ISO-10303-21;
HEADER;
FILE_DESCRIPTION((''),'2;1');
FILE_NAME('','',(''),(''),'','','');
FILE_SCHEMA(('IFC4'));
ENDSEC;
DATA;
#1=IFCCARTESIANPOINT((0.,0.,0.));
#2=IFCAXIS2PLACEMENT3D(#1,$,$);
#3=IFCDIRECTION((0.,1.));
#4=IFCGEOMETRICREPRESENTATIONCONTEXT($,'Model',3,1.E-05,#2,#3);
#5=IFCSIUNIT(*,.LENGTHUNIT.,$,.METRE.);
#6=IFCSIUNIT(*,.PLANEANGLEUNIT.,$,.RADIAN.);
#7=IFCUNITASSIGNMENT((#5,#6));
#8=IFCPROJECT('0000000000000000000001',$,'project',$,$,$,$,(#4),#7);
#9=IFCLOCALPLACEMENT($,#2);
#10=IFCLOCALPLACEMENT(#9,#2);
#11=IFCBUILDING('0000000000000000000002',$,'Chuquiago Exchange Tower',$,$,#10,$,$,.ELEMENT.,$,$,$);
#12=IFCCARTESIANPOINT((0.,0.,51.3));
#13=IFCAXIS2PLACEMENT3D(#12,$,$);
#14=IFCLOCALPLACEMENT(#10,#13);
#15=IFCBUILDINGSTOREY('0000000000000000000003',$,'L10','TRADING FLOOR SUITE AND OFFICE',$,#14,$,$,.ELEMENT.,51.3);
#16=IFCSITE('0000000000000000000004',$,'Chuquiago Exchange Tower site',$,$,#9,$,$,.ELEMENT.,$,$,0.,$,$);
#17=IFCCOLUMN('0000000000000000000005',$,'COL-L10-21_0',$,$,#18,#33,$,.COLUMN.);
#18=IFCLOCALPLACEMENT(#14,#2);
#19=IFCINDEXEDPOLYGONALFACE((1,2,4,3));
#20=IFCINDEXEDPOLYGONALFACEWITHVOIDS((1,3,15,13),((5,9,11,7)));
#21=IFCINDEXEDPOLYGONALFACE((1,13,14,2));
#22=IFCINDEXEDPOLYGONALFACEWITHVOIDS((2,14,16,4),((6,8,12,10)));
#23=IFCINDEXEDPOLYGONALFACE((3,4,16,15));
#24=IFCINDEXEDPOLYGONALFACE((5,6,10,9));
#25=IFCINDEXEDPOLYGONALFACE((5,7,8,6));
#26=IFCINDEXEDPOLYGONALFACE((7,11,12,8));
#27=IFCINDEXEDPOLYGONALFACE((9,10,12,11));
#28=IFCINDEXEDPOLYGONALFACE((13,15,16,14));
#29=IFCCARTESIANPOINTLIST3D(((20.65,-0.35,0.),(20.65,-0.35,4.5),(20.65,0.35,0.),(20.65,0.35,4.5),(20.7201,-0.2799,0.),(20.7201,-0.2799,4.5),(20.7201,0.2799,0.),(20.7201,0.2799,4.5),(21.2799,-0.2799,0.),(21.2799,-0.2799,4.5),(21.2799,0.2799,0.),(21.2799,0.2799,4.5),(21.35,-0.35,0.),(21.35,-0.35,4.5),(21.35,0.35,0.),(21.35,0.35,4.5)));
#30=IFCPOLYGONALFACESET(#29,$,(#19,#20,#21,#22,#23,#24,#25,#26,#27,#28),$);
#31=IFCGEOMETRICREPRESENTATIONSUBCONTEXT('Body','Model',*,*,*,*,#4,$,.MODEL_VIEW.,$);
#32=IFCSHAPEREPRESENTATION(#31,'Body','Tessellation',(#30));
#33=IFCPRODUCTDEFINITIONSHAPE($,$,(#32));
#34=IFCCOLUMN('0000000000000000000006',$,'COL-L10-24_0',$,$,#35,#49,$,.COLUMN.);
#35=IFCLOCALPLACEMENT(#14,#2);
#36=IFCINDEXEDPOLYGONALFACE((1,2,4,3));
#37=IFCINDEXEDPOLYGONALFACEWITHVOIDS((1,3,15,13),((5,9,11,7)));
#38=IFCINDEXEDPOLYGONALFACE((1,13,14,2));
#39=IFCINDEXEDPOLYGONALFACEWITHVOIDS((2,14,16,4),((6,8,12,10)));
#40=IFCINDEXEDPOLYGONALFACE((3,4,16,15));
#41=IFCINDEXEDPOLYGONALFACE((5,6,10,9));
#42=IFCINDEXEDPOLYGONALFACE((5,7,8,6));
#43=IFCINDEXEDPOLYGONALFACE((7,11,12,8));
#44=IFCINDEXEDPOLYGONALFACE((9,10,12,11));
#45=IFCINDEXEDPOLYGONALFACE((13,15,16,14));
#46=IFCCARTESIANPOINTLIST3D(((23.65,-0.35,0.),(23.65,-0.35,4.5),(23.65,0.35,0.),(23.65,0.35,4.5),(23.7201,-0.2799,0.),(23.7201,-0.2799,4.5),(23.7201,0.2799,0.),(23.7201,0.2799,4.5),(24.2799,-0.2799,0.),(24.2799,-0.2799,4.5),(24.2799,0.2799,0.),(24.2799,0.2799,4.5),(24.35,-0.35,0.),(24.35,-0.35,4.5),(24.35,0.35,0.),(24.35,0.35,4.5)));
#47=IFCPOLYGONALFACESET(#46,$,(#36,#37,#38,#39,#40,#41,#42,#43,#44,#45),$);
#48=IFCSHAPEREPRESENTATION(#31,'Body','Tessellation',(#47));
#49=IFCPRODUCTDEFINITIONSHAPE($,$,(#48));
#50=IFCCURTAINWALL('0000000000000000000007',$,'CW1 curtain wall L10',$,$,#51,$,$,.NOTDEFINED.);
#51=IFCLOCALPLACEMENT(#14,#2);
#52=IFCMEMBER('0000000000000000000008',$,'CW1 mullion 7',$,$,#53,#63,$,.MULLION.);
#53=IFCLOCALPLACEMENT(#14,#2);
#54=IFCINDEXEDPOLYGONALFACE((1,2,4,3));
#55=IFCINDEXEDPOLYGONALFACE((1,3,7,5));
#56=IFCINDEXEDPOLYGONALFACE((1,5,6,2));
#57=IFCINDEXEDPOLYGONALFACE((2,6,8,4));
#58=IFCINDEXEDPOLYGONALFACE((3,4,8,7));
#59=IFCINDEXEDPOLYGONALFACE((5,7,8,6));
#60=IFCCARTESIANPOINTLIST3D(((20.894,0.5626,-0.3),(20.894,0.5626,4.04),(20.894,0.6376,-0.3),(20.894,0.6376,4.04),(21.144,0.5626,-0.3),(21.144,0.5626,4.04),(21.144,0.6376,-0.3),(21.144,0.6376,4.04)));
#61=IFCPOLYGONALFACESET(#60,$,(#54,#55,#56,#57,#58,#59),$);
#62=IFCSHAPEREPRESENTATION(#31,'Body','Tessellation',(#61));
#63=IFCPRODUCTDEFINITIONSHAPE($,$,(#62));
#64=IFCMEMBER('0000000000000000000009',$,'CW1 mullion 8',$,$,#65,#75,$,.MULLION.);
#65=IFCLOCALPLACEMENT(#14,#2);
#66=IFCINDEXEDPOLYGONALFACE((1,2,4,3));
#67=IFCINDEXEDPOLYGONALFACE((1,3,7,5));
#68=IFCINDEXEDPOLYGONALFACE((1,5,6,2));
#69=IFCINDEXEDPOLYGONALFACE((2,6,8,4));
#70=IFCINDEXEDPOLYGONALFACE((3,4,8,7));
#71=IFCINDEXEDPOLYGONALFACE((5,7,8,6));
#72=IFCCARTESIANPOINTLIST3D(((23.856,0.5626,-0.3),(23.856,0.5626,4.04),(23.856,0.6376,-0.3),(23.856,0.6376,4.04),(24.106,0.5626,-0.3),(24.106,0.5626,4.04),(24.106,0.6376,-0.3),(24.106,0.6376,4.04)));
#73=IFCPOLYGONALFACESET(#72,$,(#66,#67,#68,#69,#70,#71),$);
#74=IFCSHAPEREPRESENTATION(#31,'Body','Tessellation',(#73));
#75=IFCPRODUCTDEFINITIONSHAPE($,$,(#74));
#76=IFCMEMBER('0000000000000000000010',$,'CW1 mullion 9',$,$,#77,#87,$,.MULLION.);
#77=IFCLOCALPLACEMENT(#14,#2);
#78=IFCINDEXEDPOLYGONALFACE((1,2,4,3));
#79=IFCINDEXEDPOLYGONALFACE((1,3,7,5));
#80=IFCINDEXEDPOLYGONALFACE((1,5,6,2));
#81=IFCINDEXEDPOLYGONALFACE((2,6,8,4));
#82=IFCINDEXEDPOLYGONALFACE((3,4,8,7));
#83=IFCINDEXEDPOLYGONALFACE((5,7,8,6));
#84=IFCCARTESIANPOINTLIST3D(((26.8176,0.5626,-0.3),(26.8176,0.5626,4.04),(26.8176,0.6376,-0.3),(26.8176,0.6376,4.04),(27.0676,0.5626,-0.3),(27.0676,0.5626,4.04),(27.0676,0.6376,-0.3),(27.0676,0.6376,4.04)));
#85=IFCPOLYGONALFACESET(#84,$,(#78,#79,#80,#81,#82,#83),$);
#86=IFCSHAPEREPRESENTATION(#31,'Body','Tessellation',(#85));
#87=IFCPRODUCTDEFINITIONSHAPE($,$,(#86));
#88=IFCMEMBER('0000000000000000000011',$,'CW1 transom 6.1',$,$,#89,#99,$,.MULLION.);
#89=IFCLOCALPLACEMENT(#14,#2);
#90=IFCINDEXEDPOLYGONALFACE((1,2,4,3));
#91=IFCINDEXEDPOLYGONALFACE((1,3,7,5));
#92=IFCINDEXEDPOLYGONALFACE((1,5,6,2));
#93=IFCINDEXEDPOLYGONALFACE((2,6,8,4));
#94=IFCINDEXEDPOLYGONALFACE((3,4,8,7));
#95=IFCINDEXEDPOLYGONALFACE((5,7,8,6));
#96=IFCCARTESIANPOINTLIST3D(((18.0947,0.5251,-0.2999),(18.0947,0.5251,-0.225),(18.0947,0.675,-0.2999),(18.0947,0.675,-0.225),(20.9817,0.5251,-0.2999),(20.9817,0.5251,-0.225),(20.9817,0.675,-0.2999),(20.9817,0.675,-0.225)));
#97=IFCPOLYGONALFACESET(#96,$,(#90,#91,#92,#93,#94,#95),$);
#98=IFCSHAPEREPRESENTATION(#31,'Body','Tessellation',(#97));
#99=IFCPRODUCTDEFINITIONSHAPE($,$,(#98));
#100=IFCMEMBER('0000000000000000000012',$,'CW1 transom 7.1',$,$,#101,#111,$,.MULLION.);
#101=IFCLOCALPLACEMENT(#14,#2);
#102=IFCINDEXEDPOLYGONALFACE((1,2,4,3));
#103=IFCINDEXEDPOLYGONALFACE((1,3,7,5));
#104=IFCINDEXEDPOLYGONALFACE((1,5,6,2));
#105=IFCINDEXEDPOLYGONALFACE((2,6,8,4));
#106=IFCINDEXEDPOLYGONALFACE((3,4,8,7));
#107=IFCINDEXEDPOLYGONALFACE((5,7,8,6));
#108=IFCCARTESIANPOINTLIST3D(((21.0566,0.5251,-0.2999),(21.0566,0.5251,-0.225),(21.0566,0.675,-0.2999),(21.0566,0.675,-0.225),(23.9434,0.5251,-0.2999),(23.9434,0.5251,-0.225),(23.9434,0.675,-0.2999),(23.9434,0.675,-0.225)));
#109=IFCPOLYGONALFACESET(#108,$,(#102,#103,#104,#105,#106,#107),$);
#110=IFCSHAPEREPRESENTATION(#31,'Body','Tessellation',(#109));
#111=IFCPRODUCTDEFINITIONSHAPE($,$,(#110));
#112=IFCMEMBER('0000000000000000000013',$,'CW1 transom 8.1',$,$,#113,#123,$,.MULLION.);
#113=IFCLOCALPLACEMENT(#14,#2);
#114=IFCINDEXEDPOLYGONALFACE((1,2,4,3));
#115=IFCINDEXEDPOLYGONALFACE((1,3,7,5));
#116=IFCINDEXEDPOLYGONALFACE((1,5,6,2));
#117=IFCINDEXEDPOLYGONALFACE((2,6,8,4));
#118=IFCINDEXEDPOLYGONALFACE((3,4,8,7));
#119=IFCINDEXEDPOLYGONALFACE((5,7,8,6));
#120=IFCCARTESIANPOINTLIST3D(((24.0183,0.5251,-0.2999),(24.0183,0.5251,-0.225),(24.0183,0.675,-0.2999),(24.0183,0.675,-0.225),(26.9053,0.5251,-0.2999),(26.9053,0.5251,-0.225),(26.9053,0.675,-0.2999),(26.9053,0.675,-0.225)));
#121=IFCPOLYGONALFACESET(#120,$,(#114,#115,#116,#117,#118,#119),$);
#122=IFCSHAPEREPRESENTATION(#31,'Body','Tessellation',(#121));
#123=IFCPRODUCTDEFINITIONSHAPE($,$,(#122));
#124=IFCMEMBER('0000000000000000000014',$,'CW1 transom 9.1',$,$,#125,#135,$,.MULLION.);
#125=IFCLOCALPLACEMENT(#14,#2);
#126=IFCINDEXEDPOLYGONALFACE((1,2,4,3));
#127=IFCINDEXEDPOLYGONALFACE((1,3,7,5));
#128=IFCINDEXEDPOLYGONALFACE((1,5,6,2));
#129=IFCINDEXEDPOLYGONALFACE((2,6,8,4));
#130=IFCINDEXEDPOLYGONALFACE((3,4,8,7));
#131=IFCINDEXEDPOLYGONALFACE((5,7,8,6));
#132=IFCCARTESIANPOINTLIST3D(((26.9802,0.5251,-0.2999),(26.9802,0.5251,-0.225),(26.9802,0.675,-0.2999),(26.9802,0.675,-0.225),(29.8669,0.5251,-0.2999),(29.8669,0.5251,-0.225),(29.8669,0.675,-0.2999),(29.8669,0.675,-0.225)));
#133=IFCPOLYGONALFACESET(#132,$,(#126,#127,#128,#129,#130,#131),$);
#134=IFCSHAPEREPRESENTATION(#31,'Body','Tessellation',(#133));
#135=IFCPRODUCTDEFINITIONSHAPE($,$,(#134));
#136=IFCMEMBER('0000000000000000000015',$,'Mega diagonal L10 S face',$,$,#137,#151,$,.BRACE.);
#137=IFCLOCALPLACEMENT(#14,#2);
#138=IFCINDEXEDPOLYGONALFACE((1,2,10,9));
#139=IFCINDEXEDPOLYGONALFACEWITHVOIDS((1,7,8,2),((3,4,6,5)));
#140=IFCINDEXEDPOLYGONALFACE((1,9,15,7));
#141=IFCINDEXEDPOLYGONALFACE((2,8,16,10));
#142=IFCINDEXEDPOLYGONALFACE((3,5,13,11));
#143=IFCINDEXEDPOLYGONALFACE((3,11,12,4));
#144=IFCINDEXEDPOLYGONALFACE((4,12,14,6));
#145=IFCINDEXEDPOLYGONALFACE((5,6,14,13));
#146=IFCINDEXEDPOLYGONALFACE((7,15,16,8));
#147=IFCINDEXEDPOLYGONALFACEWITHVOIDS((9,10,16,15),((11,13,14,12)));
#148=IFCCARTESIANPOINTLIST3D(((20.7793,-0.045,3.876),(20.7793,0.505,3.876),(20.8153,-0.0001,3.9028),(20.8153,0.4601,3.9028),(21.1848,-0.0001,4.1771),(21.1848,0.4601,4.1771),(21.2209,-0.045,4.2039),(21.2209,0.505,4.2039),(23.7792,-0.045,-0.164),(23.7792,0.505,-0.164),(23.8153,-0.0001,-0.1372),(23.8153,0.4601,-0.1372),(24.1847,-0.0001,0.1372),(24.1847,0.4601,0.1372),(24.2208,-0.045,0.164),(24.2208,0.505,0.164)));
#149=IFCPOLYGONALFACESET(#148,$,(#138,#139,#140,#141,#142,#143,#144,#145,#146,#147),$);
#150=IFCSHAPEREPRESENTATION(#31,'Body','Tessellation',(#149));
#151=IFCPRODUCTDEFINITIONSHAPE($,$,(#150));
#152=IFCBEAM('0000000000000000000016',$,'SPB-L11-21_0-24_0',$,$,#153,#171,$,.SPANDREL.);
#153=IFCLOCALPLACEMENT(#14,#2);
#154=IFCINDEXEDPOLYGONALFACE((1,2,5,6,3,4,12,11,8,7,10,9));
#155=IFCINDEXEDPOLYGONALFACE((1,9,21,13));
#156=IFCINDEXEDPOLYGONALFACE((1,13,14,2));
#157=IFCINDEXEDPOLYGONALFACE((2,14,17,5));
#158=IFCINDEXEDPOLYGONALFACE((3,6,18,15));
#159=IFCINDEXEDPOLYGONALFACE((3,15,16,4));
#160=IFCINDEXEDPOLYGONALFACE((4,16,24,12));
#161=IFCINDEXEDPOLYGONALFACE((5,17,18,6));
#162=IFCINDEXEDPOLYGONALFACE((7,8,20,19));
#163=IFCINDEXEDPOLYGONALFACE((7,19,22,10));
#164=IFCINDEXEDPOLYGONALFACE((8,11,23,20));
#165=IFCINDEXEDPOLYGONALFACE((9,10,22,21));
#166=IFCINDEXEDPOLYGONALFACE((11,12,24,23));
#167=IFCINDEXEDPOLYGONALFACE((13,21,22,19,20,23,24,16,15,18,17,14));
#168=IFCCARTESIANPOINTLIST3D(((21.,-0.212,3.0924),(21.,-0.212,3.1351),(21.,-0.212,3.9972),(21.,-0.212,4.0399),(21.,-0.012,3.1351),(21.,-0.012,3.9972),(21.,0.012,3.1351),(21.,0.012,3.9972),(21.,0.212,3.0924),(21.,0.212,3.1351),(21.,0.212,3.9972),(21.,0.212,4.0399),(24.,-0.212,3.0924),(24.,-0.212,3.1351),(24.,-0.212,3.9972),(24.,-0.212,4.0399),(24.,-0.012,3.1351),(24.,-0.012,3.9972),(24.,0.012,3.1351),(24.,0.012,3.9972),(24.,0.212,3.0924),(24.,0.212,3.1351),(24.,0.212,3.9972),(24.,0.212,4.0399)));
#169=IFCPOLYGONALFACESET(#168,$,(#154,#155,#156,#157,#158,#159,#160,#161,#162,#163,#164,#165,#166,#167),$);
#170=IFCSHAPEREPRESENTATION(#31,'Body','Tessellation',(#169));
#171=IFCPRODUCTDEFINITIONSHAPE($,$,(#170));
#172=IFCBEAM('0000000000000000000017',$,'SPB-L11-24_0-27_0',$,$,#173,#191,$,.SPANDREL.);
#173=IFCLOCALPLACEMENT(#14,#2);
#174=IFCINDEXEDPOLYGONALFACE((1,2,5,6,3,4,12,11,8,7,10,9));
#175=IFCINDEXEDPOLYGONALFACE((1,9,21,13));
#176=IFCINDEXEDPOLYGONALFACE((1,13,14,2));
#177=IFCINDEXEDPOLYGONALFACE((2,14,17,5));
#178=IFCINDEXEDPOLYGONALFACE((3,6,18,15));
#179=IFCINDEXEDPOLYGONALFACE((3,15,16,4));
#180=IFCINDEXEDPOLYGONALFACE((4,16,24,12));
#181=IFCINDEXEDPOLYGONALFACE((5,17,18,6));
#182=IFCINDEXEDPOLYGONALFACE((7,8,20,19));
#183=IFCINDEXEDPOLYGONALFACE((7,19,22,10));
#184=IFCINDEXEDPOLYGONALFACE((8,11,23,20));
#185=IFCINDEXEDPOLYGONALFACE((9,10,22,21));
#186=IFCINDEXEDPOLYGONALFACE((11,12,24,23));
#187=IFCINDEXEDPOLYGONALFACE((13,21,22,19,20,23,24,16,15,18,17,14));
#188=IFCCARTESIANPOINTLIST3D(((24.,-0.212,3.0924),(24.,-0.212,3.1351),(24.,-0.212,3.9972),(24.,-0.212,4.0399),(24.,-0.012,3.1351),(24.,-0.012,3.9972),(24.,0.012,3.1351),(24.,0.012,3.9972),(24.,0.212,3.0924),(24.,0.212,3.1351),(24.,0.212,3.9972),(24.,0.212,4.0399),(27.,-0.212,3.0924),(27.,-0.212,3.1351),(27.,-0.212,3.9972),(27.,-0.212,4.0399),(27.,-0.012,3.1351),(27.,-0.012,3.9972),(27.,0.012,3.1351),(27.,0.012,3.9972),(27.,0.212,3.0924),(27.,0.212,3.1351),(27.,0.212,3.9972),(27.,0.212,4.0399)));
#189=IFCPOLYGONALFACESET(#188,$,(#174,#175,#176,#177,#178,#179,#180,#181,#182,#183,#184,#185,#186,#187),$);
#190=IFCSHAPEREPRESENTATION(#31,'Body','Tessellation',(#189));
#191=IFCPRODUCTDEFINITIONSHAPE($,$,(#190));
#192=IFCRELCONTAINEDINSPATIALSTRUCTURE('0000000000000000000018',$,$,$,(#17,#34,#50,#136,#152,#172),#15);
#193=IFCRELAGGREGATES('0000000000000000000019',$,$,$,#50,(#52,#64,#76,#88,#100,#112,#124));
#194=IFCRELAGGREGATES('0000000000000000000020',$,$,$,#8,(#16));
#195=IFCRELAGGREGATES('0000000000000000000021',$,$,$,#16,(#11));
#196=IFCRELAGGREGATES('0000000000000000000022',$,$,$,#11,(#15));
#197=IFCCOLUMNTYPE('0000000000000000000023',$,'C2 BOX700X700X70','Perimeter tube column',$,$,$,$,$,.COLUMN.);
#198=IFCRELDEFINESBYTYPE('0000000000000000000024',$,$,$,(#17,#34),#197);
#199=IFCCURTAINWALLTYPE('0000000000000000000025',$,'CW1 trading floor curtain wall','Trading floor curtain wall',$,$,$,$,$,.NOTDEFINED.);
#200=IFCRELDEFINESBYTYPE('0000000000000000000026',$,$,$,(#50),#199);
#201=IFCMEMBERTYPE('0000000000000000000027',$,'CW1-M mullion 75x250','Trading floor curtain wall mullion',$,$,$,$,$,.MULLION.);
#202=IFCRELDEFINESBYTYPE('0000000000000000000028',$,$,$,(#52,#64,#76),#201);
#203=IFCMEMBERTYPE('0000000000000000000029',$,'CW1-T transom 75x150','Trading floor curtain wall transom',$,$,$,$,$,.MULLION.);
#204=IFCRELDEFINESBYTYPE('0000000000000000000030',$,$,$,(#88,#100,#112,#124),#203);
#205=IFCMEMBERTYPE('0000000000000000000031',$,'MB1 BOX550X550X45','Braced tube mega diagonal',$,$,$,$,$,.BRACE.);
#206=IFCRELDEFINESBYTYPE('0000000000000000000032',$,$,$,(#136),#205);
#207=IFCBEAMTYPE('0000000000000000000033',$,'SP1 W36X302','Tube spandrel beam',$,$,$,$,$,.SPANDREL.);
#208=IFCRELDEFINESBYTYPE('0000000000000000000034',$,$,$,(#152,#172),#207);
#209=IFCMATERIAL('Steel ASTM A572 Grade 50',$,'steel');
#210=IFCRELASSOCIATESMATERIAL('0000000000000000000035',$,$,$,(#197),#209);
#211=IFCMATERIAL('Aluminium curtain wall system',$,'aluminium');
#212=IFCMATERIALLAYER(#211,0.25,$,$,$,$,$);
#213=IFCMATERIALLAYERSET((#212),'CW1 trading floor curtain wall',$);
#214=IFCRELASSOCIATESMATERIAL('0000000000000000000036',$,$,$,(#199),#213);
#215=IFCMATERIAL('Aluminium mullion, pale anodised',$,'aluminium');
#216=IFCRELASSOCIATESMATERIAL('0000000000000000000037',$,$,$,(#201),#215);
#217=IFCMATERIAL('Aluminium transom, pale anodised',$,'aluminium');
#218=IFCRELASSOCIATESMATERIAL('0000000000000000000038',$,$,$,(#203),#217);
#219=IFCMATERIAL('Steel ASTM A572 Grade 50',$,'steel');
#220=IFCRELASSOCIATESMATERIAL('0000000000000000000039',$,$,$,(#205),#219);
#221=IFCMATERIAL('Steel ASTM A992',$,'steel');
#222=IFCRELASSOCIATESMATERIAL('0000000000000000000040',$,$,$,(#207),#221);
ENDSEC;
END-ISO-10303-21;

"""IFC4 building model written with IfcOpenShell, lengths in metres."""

from ifc_helpers import new_model, si_unit, direction, frame, origin, origin_2d, place, context, subcontext, project, spatial, rectangle, hollow_rectangle, i_section, extrude, material, layer, layer_set, material_profile, profile_set, type_object, element, aggregate, save


model = new_model("IFC4")

# Units and contexts
model_context = context("Model", 3, precision=1e-05, world=origin(), true_north=direction((0.0, 1.0)))
body_context = subcontext(model_context, "Body", "Model", "MODEL_VIEW")
ifc_project = project(units=[si_unit("LENGTHUNIT", "METRE"), si_unit("PLANEANGLEUNIT", "RADIAN")], contexts=[model_context])

# Site, building, storey
site_placement = place(None, origin())
site = spatial("IfcSite", under=ifc_project, at=site_placement, Name="Chuquiago Exchange Tower site", CompositionType="ELEMENT", RefElevation=0.0)
building_placement = place(site_placement, origin())
building = spatial("IfcBuilding", under=site, at=building_placement, Name="Chuquiago Exchange Tower", CompositionType="ELEMENT")
storey_placement = place(building_placement, frame((0.0, 0.0, 51.3)))
storey = spatial("IfcBuildingStorey", under=building, at=storey_placement, Name="L10", Description="TRADING FLOOR SUITE AND OFFICE", CompositionType="ELEMENT", Elevation=51.3)

# Columns
ifc_material_1 = material(Name="Steel ASTM A572 Grade 50", Category="steel")
ifc_material_profile_1 = material_profile(ifc_material_1, hollow_rectangle(XDim=0.7, YDim=0.7, WallThickness=0.0701, at=origin_2d()), Name="BOX700X700X70")
ifc_profile_set_1 = profile_set([ifc_material_profile_1], Name="Steel ASTM A572 Grade 50")
column_type = type_object("IfcColumnType", Name="C2 BOX700X700X70", Description="Perimeter tube column", PredefinedType="COLUMN", material=ifc_profile_set_1)
for number, where, z_axis, x_axis, name in (
    (1, (21.0, 0.0, 0.0), (0.0, 0.0, 1.0), (0.0, -1.0, 0.0), "COL-L10-21_0"),
    (2, (24.0, 0.0, 0.0), (0.0, 0.0, 1.0), (0.0, -1.0, 0.0), "COL-L10-24_0"),
):
    element("IfcColumn", number, at=place(storey_placement, frame(where, z_axis=z_axis, x_axis=x_axis)), inside=storey, type_object=column_type, Name=name, PredefinedType="COLUMN", context=body_context, shape_type="SweptSolid", body=[
        extrude(hollow_rectangle(XDim=0.7, YDim=0.7, WallThickness=0.0701, at=origin_2d()), origin(), (0.0, 0.0, 1.0), 4.5),
    ])

# Curtain wall, members
ifc_material_2 = material(Name="Aluminium curtain wall system", Category="aluminium")
ifc_layer_1 = layer(ifc_material_2, 0.25)
ifc_layer_set_1 = layer_set([ifc_layer_1], Name="CW1 trading floor curtain wall")
curtain_wall_type = type_object("IfcCurtainWallType", Name="CW1 trading floor curtain wall", Description="Trading floor curtain wall", PredefinedType="NOTDEFINED", material=ifc_layer_set_1)
curtain_wall_placement = place(storey_placement, origin())
curtain_wall = element("IfcCurtainWall", 3, at=curtain_wall_placement, inside=storey, type_object=curtain_wall_type, Name="CW1 curtain wall L10", PredefinedType="NOTDEFINED")
ifc_material_3 = material(Name="Aluminium mullion, pale anodised", Category="aluminium")
ifc_material_profile_2 = material_profile(ifc_material_3, rectangle(XDim=0.075, YDim=0.25, at=origin_2d()), Name="AL 75x250")
ifc_profile_set_2 = profile_set([ifc_material_profile_2], Name="Aluminium mullion, pale anodised")
member_type_1 = type_object("IfcMemberType", Name="CW1-M mullion 75x250", Description="Trading floor curtain wall mullion", PredefinedType="MULLION", material=ifc_profile_set_2)
member_1_placement = place(storey_placement, frame((21.019, 0.6001, -0.3), z_axis=(0.0, 0.0, 1.0), x_axis=(0.0, 1.0, 0.0)))
member_1 = element("IfcMember", 4, at=member_1_placement, type_object=member_type_1, Name="CW1 mullion 7", PredefinedType="MULLION", context=body_context, shape_type="SweptSolid", body=[
    extrude(rectangle(XDim=0.075, YDim=0.25, at=origin_2d()), origin(), (0.0, 0.0, 1.0), 4.3401),
])
member_2_placement = place(storey_placement, frame((23.981, 0.6001, -0.3), z_axis=(0.0, 0.0, 1.0), x_axis=(0.0, 1.0, 0.0)))
member_2 = element("IfcMember", 5, at=member_2_placement, type_object=member_type_1, Name="CW1 mullion 8", PredefinedType="MULLION", context=body_context, shape_type="SweptSolid", body=[
    extrude(rectangle(XDim=0.075, YDim=0.25, at=origin_2d()), origin(), (0.0, 0.0, 1.0), 4.3401),
])
member_3_placement = place(storey_placement, frame((26.9426, 0.6001, -0.3), z_axis=(0.0, 0.0, 1.0), x_axis=(0.0, 1.0, 0.0)))
member_3 = element("IfcMember", 6, at=member_3_placement, type_object=member_type_1, Name="CW1 mullion 9", PredefinedType="MULLION", context=body_context, shape_type="SweptSolid", body=[
    extrude(rectangle(XDim=0.075, YDim=0.25, at=origin_2d()), origin(), (0.0, 0.0, 1.0), 4.3401),
])
ifc_material_4 = material(Name="Aluminium transom, pale anodised", Category="aluminium")
ifc_material_profile_3 = material_profile(ifc_material_4, rectangle(XDim=0.1499, YDim=0.075, at=origin_2d()), Name="AL 150x75")
ifc_profile_set_3 = profile_set([ifc_material_profile_3], Name="Aluminium transom, pale anodised")
member_type_2 = type_object("IfcMemberType", Name="CW1-T transom 75x150", Description="Trading floor curtain wall transom", PredefinedType="MULLION", material=ifc_profile_set_3)
member_4_placement = place(storey_placement, frame((18.0947, 0.6001, -0.2625), z_axis=(1.0, 0.0, 0.0), x_axis=(0.0, 1.0, 0.0)))
member_4 = element("IfcMember", 7, at=member_4_placement, type_object=member_type_2, Name="CW1 transom 6.1", PredefinedType="MULLION", context=body_context, shape_type="SweptSolid", body=[
    extrude(rectangle(XDim=0.1499, YDim=0.075, at=origin_2d()), origin(), (0.0, 0.0, 1.0), 2.887),
])
member_5_placement = place(storey_placement, frame((21.0566, 0.6001, -0.2625), z_axis=(1.0, 0.0, 0.0), x_axis=(0.0, 1.0, 0.0)))
member_5 = element("IfcMember", 8, at=member_5_placement, type_object=member_type_2, Name="CW1 transom 7.1", PredefinedType="MULLION", context=body_context, shape_type="SweptSolid", body=[
    extrude(rectangle(XDim=0.1499, YDim=0.075, at=origin_2d()), origin(), (0.0, 0.0, 1.0), 2.8867),
])
member_6_placement = place(storey_placement, frame((24.0183, 0.6001, -0.2625), z_axis=(1.0, 0.0, 0.0), x_axis=(0.0, 1.0, 0.0)))
member_6 = element("IfcMember", 9, at=member_6_placement, type_object=member_type_2, Name="CW1 transom 8.1", PredefinedType="MULLION", context=body_context, shape_type="SweptSolid", body=[
    extrude(rectangle(XDim=0.1499, YDim=0.075, at=origin_2d()), origin(), (0.0, 0.0, 1.0), 2.887),
])
member_7_placement = place(storey_placement, frame((26.9802, 0.6001, -0.2625), z_axis=(1.0, 0.0, 0.0), x_axis=(0.0, 1.0, 0.0)))
member_7 = element("IfcMember", 10, at=member_7_placement, type_object=member_type_2, Name="CW1 transom 9.1", PredefinedType="MULLION", context=body_context, shape_type="SweptSolid", body=[
    extrude(rectangle(XDim=0.1499, YDim=0.075, at=origin_2d()), origin(), (0.0, 0.0, 1.0), 2.8867),
])

# Member
ifc_material_5 = material(Name="Steel ASTM A572 Grade 50", Category="steel")
ifc_material_profile_4 = material_profile(ifc_material_5, hollow_rectangle(XDim=0.55, YDim=0.55, WallThickness=0.0449, at=origin_2d()), Name="BOX550X550X45")
ifc_profile_set_4 = profile_set([ifc_material_profile_4], Name="Steel ASTM A572 Grade 50")
member_type_3 = type_object("IfcMemberType", Name="MB1 BOX550X550X45", Description="Braced tube mega diagonal", PredefinedType="BRACE", material=ifc_profile_set_4)
member_8_placement = place(storey_placement, frame((24.0, 0.23, 0.0), z_axis=(-0.596174, 0.0, 0.802855), x_axis=(0.0, -1.0, 0.0)))
element("IfcMember", 11, at=member_8_placement, inside=storey, type_object=member_type_3, Name="Mega diagonal L10 S face", PredefinedType="BRACE", context=body_context, shape_type="SweptSolid", body=[
    extrude(hollow_rectangle(XDim=0.55, YDim=0.55, WallThickness=0.0449, at=origin_2d()), origin(), (0.0, 0.0, 1.0), 5.032),
])

# Beams
ifc_material_6 = material(Name="Steel ASTM A992", Category="steel")
ifc_material_profile_5 = material_profile(ifc_material_6, i_section(OverallWidth=0.4241, OverallDepth=0.9475, WebThickness=0.0239, FlangeThickness=0.0427, at=origin_2d()), Name="W36X302")
ifc_profile_set_5 = profile_set([ifc_material_profile_5], Name="Steel ASTM A992")
beam_type = type_object("IfcBeamType", Name="SP1 W36X302", Description="Tube spandrel beam", PredefinedType="SPANDREL", material=ifc_profile_set_5)
for number, where, z_axis, x_axis, name in (
    (12, (21.0, 0.0, 3.5662), (1.0, 0.0, 0.0), (0.0, 1.0, 0.0), "SPB-L11-21_0-24_0"),
    (13, (24.0, 0.0, 3.5662), (1.0, 0.0, 0.0), (0.0, 1.0, 0.0), "SPB-L11-24_0-27_0"),
):
    element("IfcBeam", number, at=place(storey_placement, frame(where, z_axis=z_axis, x_axis=x_axis)), inside=storey, type_object=beam_type, Name=name, PredefinedType="SPANDREL", context=body_context, shape_type="SweptSolid", body=[
        extrude(i_section(OverallWidth=0.4241, OverallDepth=0.9475, WebThickness=0.0239, FlangeThickness=0.0427, at=origin_2d()), origin(), (0.0, 0.0, 1.0), 3.0),
    ])

aggregate(curtain_wall, [member_1, member_2, member_3, member_4, member_5, member_6, member_7])

save(model, "model.ifc")
